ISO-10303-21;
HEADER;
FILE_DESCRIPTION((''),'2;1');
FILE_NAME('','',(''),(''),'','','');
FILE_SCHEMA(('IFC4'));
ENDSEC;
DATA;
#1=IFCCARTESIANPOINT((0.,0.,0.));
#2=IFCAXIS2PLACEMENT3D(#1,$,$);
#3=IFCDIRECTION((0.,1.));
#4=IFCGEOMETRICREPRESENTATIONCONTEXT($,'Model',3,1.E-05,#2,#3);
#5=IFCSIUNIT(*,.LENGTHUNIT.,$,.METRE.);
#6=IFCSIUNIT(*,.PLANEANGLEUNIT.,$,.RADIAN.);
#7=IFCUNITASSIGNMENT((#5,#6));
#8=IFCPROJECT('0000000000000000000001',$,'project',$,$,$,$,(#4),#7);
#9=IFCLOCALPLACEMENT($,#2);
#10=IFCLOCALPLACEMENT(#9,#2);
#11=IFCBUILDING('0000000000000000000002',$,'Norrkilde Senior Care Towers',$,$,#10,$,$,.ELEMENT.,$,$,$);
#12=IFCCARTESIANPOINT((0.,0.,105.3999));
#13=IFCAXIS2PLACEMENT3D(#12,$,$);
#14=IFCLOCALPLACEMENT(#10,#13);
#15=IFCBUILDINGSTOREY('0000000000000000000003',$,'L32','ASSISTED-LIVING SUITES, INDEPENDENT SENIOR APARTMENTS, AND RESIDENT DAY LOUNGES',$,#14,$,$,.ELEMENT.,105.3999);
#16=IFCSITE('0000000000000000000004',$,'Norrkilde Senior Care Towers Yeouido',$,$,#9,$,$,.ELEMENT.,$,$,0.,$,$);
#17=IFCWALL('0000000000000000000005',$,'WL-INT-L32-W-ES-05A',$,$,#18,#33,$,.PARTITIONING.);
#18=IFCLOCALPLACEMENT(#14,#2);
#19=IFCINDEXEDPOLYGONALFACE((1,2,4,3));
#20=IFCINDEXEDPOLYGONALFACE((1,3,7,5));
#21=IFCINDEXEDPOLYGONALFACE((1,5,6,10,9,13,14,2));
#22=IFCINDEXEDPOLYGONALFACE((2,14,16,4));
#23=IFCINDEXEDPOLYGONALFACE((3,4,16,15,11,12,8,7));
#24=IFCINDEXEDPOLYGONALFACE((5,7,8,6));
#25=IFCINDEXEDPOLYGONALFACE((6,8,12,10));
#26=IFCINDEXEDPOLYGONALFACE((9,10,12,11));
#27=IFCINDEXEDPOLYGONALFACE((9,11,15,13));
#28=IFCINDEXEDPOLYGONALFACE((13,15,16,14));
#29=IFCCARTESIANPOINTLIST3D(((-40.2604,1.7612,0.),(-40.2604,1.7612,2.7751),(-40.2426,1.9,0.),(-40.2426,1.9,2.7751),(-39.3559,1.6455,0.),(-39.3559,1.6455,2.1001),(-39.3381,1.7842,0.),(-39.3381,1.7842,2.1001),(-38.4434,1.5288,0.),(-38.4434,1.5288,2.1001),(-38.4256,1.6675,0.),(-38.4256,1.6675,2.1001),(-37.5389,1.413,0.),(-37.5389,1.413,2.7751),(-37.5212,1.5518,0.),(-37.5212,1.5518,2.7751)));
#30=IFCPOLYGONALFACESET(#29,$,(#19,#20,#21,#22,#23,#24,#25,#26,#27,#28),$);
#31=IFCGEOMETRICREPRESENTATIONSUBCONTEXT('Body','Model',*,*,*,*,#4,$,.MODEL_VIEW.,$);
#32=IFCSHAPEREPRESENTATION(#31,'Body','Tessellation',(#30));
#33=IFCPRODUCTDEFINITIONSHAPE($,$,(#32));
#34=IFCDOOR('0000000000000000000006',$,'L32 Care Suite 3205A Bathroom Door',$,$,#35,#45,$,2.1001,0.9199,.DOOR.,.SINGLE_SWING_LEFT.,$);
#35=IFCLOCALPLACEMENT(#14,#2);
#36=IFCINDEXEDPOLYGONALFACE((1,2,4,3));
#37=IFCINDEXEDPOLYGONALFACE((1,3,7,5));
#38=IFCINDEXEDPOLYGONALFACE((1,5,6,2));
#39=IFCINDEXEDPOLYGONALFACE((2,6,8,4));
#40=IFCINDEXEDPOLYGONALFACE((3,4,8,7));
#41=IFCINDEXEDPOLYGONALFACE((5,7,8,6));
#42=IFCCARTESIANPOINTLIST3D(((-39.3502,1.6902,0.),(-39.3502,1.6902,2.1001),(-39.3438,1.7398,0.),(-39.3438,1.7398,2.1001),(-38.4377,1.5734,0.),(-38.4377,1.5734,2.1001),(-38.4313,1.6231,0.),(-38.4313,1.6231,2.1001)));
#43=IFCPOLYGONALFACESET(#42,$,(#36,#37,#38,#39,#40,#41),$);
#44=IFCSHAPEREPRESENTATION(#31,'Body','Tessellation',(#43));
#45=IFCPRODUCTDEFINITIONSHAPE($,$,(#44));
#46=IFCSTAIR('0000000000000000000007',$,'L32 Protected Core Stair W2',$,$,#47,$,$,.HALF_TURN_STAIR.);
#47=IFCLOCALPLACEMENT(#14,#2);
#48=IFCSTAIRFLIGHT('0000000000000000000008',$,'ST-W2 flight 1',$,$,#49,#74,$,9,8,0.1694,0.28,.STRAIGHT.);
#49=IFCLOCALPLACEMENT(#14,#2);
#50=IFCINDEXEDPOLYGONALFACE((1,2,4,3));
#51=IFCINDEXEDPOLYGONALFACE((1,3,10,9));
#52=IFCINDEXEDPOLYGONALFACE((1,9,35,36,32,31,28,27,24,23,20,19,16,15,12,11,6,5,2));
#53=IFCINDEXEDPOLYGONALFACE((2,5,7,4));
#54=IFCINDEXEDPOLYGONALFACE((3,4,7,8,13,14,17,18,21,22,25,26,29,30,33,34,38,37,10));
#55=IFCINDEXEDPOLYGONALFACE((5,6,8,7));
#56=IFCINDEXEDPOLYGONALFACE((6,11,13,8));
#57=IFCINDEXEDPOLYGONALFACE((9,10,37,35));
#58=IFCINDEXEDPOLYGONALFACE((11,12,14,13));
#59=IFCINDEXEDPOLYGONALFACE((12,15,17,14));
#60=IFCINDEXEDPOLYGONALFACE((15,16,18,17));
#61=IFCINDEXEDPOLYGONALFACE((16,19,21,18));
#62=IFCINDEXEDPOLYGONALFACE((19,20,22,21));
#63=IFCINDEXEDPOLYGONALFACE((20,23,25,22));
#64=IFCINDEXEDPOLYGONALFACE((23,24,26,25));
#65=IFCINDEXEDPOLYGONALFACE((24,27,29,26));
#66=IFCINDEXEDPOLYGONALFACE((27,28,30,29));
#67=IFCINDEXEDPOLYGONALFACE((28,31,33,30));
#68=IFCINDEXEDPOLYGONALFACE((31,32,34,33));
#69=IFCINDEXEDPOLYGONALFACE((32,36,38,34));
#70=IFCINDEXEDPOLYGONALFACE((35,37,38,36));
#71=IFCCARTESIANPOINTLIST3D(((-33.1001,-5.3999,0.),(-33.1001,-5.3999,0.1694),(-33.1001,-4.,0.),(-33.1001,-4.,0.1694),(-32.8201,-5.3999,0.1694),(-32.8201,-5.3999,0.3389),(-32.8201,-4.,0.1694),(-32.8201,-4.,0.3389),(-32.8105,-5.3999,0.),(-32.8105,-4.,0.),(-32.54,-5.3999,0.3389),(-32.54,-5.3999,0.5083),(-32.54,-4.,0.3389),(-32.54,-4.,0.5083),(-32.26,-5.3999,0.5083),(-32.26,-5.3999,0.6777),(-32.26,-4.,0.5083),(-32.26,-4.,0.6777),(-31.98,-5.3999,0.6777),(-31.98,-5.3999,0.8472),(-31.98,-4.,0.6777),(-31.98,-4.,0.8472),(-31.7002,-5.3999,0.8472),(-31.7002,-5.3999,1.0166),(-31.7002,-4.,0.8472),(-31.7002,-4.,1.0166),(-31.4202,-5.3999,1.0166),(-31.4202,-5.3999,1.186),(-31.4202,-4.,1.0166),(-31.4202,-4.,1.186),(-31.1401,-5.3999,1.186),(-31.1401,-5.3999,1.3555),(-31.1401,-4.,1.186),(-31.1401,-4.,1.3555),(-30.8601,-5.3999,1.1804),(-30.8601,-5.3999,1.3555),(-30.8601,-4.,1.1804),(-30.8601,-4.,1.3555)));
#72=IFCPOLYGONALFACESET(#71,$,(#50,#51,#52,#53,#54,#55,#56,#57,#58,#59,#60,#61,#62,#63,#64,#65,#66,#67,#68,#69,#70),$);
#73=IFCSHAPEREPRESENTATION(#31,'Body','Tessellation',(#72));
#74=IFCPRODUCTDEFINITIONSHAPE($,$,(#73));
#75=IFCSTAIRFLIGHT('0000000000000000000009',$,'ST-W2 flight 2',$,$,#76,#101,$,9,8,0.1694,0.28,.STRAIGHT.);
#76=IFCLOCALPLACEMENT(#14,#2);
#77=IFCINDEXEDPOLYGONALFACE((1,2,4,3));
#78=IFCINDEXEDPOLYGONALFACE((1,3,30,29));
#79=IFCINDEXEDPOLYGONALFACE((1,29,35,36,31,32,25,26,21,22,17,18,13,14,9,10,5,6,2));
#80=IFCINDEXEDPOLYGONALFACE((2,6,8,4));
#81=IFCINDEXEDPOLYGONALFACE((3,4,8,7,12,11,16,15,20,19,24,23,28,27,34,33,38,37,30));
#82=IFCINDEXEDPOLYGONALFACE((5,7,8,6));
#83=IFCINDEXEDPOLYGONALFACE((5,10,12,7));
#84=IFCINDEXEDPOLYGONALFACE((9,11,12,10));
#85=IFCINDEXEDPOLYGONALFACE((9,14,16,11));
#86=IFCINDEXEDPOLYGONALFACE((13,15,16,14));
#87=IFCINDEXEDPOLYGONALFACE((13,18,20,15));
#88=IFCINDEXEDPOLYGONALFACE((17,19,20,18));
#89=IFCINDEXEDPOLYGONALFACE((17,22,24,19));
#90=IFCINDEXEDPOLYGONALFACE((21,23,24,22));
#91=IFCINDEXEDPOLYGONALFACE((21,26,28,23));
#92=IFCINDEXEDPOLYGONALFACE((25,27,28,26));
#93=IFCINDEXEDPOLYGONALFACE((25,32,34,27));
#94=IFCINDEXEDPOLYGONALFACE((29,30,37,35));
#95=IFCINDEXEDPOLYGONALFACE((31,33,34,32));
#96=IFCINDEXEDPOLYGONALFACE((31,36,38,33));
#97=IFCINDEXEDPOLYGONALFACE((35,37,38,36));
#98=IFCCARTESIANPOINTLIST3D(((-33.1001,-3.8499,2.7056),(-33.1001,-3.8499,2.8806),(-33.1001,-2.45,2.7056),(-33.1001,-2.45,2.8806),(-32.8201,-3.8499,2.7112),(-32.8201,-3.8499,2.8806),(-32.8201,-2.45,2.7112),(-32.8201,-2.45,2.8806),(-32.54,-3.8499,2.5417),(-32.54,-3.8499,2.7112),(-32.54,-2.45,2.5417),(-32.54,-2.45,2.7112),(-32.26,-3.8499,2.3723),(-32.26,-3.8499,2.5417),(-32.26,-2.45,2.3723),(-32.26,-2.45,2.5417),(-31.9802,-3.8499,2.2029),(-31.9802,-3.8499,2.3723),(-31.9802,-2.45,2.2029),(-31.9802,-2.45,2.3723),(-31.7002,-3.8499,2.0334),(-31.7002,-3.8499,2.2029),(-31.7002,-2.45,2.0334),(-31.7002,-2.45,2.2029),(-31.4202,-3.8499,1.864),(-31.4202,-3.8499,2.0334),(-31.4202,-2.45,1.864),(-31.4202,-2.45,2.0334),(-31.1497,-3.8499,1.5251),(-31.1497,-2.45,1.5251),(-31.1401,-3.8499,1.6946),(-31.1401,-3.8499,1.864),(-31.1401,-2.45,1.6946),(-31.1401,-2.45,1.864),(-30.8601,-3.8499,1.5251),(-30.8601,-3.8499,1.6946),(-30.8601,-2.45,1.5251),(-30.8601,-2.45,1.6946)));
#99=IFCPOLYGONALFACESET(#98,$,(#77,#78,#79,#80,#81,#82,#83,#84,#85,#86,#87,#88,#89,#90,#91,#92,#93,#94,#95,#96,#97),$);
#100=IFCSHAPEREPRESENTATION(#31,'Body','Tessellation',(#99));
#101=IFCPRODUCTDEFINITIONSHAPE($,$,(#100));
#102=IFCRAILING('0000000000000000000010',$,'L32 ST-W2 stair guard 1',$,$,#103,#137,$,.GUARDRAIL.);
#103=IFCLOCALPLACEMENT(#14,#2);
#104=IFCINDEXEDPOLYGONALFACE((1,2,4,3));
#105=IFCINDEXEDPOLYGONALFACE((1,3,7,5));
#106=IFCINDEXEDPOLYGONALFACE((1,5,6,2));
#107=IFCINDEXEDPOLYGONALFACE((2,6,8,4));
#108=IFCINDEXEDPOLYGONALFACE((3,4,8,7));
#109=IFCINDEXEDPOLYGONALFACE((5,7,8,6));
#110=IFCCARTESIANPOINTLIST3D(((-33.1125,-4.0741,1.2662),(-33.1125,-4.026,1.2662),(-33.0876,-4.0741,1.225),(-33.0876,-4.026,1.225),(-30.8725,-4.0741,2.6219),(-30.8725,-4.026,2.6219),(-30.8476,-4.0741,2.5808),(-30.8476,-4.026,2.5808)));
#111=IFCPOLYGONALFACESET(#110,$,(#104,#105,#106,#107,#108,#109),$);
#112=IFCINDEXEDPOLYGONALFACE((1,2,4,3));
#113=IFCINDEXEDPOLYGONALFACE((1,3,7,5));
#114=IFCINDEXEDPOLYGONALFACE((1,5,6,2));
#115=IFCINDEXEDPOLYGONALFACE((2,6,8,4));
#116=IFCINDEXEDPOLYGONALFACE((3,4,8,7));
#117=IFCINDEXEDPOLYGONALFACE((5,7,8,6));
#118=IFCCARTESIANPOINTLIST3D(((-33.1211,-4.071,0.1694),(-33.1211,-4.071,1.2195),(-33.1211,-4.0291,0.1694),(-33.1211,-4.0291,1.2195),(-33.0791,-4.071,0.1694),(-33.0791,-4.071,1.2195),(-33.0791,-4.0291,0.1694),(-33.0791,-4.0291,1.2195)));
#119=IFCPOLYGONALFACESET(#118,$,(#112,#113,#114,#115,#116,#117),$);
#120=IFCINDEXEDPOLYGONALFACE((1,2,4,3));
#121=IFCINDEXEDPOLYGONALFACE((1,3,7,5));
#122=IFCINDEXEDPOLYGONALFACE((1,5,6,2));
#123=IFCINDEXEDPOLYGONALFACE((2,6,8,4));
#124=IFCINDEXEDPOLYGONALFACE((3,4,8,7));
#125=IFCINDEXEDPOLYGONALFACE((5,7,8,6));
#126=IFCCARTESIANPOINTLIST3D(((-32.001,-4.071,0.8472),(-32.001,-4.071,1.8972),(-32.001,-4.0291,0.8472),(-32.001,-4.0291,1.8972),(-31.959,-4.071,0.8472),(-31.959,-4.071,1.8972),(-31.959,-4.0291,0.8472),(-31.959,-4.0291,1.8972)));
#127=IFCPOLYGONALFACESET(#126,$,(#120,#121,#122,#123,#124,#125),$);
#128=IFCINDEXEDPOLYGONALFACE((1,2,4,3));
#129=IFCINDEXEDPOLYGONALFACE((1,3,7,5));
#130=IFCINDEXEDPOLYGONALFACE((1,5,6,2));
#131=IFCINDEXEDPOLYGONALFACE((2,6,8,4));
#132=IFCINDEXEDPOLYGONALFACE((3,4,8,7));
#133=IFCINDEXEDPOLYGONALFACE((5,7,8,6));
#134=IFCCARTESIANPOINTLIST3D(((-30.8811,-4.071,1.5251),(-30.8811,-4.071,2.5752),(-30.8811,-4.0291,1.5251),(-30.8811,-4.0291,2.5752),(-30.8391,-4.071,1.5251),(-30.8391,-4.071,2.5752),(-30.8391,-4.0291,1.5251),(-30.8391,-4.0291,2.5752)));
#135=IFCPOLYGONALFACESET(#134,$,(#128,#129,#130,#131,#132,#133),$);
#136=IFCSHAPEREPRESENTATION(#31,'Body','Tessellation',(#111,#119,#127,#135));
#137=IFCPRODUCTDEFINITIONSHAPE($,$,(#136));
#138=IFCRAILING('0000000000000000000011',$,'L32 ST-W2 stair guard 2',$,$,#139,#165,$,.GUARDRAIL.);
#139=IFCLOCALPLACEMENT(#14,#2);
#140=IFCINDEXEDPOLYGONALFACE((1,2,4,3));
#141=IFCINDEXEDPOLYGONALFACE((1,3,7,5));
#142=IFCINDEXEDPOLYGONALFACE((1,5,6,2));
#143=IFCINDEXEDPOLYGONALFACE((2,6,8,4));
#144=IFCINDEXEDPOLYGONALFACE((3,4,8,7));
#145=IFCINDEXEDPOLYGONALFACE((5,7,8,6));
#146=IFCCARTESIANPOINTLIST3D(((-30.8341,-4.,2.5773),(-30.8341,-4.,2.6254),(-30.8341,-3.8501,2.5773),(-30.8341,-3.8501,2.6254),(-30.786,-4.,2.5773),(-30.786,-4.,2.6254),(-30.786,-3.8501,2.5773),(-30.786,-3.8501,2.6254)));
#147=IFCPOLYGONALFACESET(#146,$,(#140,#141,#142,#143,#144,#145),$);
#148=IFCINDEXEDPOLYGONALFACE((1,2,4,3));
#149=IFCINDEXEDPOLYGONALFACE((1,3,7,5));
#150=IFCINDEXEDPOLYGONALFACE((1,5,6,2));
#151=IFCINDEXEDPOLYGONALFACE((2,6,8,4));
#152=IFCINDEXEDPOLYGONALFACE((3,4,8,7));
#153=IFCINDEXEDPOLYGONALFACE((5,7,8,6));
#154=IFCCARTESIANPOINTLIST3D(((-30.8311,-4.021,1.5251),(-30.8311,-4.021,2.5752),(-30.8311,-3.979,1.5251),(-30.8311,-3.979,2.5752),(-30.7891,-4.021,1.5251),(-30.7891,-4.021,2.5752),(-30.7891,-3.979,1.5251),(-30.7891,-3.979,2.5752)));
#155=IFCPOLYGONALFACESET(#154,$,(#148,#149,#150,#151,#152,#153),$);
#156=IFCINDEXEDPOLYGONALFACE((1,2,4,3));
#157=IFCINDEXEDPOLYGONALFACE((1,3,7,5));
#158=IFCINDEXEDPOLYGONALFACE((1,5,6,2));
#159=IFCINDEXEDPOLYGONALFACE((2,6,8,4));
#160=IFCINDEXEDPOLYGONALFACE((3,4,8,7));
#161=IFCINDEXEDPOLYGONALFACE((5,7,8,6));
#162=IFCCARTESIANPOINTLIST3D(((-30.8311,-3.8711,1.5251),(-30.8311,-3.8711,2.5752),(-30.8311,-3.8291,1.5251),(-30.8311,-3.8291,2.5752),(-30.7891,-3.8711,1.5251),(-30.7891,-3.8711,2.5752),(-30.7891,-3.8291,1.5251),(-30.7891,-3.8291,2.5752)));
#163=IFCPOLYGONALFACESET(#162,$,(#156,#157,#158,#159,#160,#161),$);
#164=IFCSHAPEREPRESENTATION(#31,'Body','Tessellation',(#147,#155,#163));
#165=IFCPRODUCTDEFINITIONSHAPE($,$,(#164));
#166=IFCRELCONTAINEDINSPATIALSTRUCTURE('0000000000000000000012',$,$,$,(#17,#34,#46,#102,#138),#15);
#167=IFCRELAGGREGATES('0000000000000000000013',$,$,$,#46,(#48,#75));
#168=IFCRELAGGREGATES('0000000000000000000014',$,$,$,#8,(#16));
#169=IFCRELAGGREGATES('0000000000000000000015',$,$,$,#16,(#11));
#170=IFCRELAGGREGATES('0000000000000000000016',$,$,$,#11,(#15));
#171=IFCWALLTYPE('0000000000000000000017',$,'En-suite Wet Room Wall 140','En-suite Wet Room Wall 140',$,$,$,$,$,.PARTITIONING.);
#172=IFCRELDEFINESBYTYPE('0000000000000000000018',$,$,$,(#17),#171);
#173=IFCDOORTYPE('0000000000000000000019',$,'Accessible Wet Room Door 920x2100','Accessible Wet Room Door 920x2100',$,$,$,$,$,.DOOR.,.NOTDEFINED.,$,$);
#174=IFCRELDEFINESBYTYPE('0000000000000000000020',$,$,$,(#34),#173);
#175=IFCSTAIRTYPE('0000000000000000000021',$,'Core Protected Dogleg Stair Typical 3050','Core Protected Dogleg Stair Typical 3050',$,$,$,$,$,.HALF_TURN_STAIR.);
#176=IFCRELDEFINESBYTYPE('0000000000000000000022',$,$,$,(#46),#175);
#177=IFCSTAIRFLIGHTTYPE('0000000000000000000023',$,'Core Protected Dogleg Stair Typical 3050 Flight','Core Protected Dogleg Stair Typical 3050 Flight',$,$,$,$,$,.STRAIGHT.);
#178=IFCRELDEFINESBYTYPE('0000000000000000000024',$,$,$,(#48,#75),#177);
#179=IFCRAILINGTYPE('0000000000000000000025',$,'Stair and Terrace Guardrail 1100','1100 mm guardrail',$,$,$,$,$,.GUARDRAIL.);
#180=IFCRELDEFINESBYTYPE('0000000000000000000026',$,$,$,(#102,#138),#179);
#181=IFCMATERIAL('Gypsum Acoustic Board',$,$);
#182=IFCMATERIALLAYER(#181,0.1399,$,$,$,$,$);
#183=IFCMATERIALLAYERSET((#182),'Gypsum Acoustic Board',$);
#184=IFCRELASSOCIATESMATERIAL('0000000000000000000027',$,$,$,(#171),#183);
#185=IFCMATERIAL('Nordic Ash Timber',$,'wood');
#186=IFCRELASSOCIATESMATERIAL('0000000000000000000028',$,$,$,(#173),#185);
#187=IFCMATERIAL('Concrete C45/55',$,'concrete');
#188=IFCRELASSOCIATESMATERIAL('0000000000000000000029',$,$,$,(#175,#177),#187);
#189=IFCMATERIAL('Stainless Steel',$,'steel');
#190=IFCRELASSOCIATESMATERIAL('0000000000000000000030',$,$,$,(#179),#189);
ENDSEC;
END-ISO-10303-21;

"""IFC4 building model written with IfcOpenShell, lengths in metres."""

from ifc_helpers import new_model, si_unit, direction, frame, frame_2d, origin, origin_2d, place, context, subcontext, project, spatial, polyline, rectangle, outline, extrude, source, transform, mapped, material, layer, layer_set, type_object, type_shapes, element, fill, aggregate, save


model = new_model("IFC4")

# Units and contexts
model_context = context("Model", 3, precision=1e-05, world=origin(), true_north=direction((0.0, 1.0)))
body_context = subcontext(model_context, "Body", "Model", "MODEL_VIEW")
ifc_project = project(units=[si_unit("LENGTHUNIT", "METRE"), si_unit("PLANEANGLEUNIT", "RADIAN")], contexts=[model_context])

# Site, building, storey
site_placement = place(None, origin())
site = spatial("IfcSite", under=ifc_project, at=site_placement, Name="Norrkilde Senior Care Towers Yeouido", CompositionType="ELEMENT", RefElevation=0.0)
building_placement = place(site_placement, origin())
building = spatial("IfcBuilding", under=site, at=building_placement, Name="Norrkilde Senior Care Towers", CompositionType="ELEMENT")
storey_placement = place(building_placement, frame((0.0, 0.0, 105.3999)))
storey = spatial("IfcBuildingStorey", under=building, at=storey_placement, Name="L32", Description="ASSISTED-LIVING SUITES, INDEPENDENT SENIOR APARTMENTS, AND RESIDENT DAY LOUNGES", CompositionType="ELEMENT", Elevation=105.3999)

# Shared definitions
ifc_material_1 = material(Name="Concrete C45/55", Category="concrete")

# Shared definitions
ifc_material_2 = material(Name="Gypsum Acoustic Board")

# Wall, opening, door
ifc_layer_1 = layer(ifc_material_2, 0.1399)
ifc_layer_set_1 = layer_set([ifc_layer_1], Name="Gypsum Acoustic Board")
wall_type_1 = type_object("IfcWallType", Name="En-suite Wet Room Wall 140", Description="En-suite Wet Room Wall 140", PredefinedType="PARTITIONING", material=ifc_layer_set_1)
shared_shape_1 = source(origin(), body_context, "Body", "SweptSolid", [
    extrude(rectangle(XDim=2.7437, YDim=0.1399, at=frame_2d((1.3718, 0.0))), origin(), (0.0, 0.0, 1.0), 2.7751),
])
type_shapes(wall_type_1, [shared_shape_1])
wall_1_placement = place(storey_placement, frame((-37.53, 1.4824, 0.0), z_axis=(0.0, 0.0, 1.0), x_axis=(-0.991916, 0.126893, 0.0)))
wall_1 = element("IfcWall", 1, at=wall_1_placement, inside=storey, type_object=wall_type_1, Name="WL-INT-L32-W-ES-05A", PredefinedType="PARTITIONING", context=body_context, shape_type="MappedRepresentation", body=[
    mapped(shared_shape_1, transform((0.0, 0.0, 0.0), x_axis=(1.0, 0.0, 0.0), y_axis=(0.0, 1.0, 0.0), z_axis=(0.0, 0.0, 1.0), scale=1.0)),
])
opening_1_placement = place(wall_1_placement, frame((0.9119, 0.0, 0.0)))
opening_1 = element("IfcOpeningElement", 2, at=opening_1_placement, cuts=wall_1, PredefinedType="OPENING", context=body_context, shape_type="SweptSolid", body=[
    extrude(rectangle(XDim=0.9199, YDim=2.1001, at=frame_2d((0.46, 1.05))), frame((0.0, 0.0798, 0.0), z_axis=(0.0, -1.0, 0.0), x_axis=(1.0, 0.0, 0.0)), (0.0, 0.0, 1.0), 0.1599),
])
ifc_material_3 = material(Name="Nordic Ash Timber", Category="wood")
door_type_1 = type_object("IfcDoorType", Name="Accessible Wet Room Door 920x2100", Description="Accessible Wet Room Door 920x2100", OperationType="NOTDEFINED", PredefinedType="DOOR", material=ifc_material_3)
shared_shape_2 = source(origin(), body_context, "Body", "SweptSolid", [
    extrude(rectangle(XDim=0.9199, YDim=2.1001, at=frame_2d((0.46, 1.05))), frame((0.0, 0.0249, 0.0), z_axis=(0.0, -1.0, 0.0), x_axis=(1.0, 0.0, 0.0)), (0.0, 0.0, 1.0), 0.05),
])
type_shapes(door_type_1, [shared_shape_2])
door_1_placement = place(opening_1_placement, origin())
door_1 = element("IfcDoor", 3, at=door_1_placement, inside=storey, type_object=door_type_1, Name="L32 Care Suite 3205A Bathroom Door", OperationType="SINGLE_SWING_LEFT", OverallHeight=2.1001, OverallWidth=0.9199, PredefinedType="DOOR", context=body_context, shape_type="MappedRepresentation", body=[
    mapped(shared_shape_2, transform((0.0, 0.0, 0.0), x_axis=(1.0, 0.0, 0.0), y_axis=(0.0, 1.0, 0.0), z_axis=(0.0, 0.0, 1.0), scale=1.0)),
])
fill(opening_1, door_1)

# Stair, stair flights
stair_type = type_object("IfcStairType", Name="Core Protected Dogleg Stair Typical 3050", Description="Core Protected Dogleg Stair Typical 3050", PredefinedType="HALF_TURN_STAIR", material=ifc_material_1)
stair_placement = place(storey_placement, origin())
stair = element("IfcStair", 4, at=stair_placement, inside=storey, type_object=stair_type, Name="L32 Protected Core Stair W2", PredefinedType="HALF_TURN_STAIR")
stair_flight_type = type_object("IfcStairFlightType", Name="Core Protected Dogleg Stair Typical 3050 Flight", Description="Core Protected Dogleg Stair Typical 3050 Flight", PredefinedType="STRAIGHT", material=ifc_material_1)
stair_flight_1_placement = place(storey_placement, frame((-33.1001, -4.7, 0.0), z_axis=(0.0, 0.0, 1.0), x_axis=(1.0, 0.0, 0.0)))
stair_flight_1 = element("IfcStairFlight", 5, at=stair_flight_1_placement, type_object=stair_flight_type, Name="ST-W2 flight 1", NumberOfRisers=9, NumberOfTreads=8, PredefinedType="STRAIGHT", RiserHeight=0.1694, TreadLength=0.28, context=body_context, shape_type="SweptSolid", body=[
    extrude(outline(polyline([(0.0, 0.0), (0.0, 0.1694), (0.28, 0.1694), (0.28, 0.3389), (0.5601, 0.3389), (0.5601, 0.5083), (0.8401, 0.5083), (0.8401, 0.6777), (1.1201, 0.6777), (1.1201, 0.8472), (1.3999, 0.8472), (1.3999, 1.0166), (1.6799, 1.0166), (1.6799, 1.186), (1.96, 1.186), (1.96, 1.3555), (2.24, 1.3555), (2.24, 1.5249), (2.24, 1.1804), (0.2896, 0.0), (0.0, 0.0)])), frame((0.0, 0.7, 0.0), z_axis=(0.0, -1.0, 0.0), x_axis=(1.0, 0.0, 0.0)), (0.0, 0.0, 1.0), 1.3999),
])
stair_flight_2_placement = place(storey_placement, frame((-30.8601, -3.1499, 1.5251), z_axis=(0.0, 0.0, 1.0), x_axis=(-1.0, 0.0, 0.0)))
stair_flight_2 = element("IfcStairFlight", 6, at=stair_flight_2_placement, type_object=stair_flight_type, Name="ST-W2 flight 2", NumberOfRisers=9, NumberOfTreads=8, PredefinedType="STRAIGHT", RiserHeight=0.1694, TreadLength=0.28, context=body_context, shape_type="SweptSolid", body=[
    extrude(outline(polyline([(0.0, 0.0), (0.0, 0.1694), (0.28, 0.1694), (0.28, 0.3389), (0.5601, 0.3389), (0.5601, 0.5083), (0.8401, 0.5083), (0.8401, 0.6777), (1.1201, 0.6777), (1.1201, 0.8472), (1.3999, 0.8472), (1.3999, 1.0166), (1.6799, 1.0166), (1.6799, 1.186), (1.96, 1.186), (1.96, 1.3555), (2.24, 1.3555), (2.24, 1.5249), (2.24, 1.1804), (0.2896, 0.0), (0.0, 0.0)])), frame((0.0, 0.7, 0.0), z_axis=(0.0, -1.0, 0.0), x_axis=(1.0, 0.0, 0.0)), (0.0, 0.0, 1.0), 1.3999),
])
aggregate(stair, [stair_flight_1, stair_flight_2])

# Railings
ifc_material_4 = material(Name="Stainless Steel", Category="steel")
railing_type_1 = type_object("IfcRailingType", Name="Stair and Terrace Guardrail 1100", Description="1100 mm guardrail", PredefinedType="GUARDRAIL", material=ifc_material_4)
railing_1_placement = place(storey_placement, frame((-33.1001, -4.05, 0.1694)))
element("IfcRailing", 7, at=railing_1_placement, inside=storey, type_object=railing_type_1, Name="L32 ST-W2 stair guard 1", PredefinedType="GUARDRAIL", context=body_context, shape_type="SweptSolid", body=[
    extrude(rectangle(XDim=0.0481, YDim=0.0481, at=origin_2d()), frame((0.0, 0.0, 1.0762), z_axis=(0.855512, 0.0, 0.517783), x_axis=(0.0, 1.0, 0.0)), (0.0, 0.0, 1.0), 2.6184),
    extrude(rectangle(XDim=0.042, YDim=0.042, at=origin_2d()), origin(), (0.0, 0.0, 1.0), 1.05),
    extrude(rectangle(XDim=0.042, YDim=0.042, at=origin_2d()), frame((1.1201, 0.0, 0.6777)), (0.0, 0.0, 1.0), 1.05),
    extrude(rectangle(XDim=0.042, YDim=0.042, at=origin_2d()), frame((2.24, 0.0, 1.3557)), (0.0, 0.0, 1.0), 1.05),
])
railing_2_placement = place(storey_placement, frame((-30.8101, -4.0, 1.5251)))
element("IfcRailing", 8, at=railing_2_placement, inside=storey, type_object=railing_type_1, Name="L32 ST-W2 stair guard 2", PredefinedType="GUARDRAIL", context=body_context, shape_type="SweptSolid", body=[
    extrude(rectangle(XDim=0.0481, YDim=0.0481, at=origin_2d()), frame((0.0, 0.0, 1.0762), z_axis=(0.0, 1.0, 0.0), x_axis=(-1.0, 0.0, 0.0)), (0.0, 0.0, 1.0), 0.1499),
    extrude(rectangle(XDim=0.042, YDim=0.042, at=origin_2d()), origin(), (0.0, 0.0, 1.0), 1.05),
    extrude(rectangle(XDim=0.042, YDim=0.042, at=origin_2d()), frame((0.0, 0.1499, 0.0)), (0.0, 0.0, 1.0), 1.05),
])

save(model, "model.ifc")
